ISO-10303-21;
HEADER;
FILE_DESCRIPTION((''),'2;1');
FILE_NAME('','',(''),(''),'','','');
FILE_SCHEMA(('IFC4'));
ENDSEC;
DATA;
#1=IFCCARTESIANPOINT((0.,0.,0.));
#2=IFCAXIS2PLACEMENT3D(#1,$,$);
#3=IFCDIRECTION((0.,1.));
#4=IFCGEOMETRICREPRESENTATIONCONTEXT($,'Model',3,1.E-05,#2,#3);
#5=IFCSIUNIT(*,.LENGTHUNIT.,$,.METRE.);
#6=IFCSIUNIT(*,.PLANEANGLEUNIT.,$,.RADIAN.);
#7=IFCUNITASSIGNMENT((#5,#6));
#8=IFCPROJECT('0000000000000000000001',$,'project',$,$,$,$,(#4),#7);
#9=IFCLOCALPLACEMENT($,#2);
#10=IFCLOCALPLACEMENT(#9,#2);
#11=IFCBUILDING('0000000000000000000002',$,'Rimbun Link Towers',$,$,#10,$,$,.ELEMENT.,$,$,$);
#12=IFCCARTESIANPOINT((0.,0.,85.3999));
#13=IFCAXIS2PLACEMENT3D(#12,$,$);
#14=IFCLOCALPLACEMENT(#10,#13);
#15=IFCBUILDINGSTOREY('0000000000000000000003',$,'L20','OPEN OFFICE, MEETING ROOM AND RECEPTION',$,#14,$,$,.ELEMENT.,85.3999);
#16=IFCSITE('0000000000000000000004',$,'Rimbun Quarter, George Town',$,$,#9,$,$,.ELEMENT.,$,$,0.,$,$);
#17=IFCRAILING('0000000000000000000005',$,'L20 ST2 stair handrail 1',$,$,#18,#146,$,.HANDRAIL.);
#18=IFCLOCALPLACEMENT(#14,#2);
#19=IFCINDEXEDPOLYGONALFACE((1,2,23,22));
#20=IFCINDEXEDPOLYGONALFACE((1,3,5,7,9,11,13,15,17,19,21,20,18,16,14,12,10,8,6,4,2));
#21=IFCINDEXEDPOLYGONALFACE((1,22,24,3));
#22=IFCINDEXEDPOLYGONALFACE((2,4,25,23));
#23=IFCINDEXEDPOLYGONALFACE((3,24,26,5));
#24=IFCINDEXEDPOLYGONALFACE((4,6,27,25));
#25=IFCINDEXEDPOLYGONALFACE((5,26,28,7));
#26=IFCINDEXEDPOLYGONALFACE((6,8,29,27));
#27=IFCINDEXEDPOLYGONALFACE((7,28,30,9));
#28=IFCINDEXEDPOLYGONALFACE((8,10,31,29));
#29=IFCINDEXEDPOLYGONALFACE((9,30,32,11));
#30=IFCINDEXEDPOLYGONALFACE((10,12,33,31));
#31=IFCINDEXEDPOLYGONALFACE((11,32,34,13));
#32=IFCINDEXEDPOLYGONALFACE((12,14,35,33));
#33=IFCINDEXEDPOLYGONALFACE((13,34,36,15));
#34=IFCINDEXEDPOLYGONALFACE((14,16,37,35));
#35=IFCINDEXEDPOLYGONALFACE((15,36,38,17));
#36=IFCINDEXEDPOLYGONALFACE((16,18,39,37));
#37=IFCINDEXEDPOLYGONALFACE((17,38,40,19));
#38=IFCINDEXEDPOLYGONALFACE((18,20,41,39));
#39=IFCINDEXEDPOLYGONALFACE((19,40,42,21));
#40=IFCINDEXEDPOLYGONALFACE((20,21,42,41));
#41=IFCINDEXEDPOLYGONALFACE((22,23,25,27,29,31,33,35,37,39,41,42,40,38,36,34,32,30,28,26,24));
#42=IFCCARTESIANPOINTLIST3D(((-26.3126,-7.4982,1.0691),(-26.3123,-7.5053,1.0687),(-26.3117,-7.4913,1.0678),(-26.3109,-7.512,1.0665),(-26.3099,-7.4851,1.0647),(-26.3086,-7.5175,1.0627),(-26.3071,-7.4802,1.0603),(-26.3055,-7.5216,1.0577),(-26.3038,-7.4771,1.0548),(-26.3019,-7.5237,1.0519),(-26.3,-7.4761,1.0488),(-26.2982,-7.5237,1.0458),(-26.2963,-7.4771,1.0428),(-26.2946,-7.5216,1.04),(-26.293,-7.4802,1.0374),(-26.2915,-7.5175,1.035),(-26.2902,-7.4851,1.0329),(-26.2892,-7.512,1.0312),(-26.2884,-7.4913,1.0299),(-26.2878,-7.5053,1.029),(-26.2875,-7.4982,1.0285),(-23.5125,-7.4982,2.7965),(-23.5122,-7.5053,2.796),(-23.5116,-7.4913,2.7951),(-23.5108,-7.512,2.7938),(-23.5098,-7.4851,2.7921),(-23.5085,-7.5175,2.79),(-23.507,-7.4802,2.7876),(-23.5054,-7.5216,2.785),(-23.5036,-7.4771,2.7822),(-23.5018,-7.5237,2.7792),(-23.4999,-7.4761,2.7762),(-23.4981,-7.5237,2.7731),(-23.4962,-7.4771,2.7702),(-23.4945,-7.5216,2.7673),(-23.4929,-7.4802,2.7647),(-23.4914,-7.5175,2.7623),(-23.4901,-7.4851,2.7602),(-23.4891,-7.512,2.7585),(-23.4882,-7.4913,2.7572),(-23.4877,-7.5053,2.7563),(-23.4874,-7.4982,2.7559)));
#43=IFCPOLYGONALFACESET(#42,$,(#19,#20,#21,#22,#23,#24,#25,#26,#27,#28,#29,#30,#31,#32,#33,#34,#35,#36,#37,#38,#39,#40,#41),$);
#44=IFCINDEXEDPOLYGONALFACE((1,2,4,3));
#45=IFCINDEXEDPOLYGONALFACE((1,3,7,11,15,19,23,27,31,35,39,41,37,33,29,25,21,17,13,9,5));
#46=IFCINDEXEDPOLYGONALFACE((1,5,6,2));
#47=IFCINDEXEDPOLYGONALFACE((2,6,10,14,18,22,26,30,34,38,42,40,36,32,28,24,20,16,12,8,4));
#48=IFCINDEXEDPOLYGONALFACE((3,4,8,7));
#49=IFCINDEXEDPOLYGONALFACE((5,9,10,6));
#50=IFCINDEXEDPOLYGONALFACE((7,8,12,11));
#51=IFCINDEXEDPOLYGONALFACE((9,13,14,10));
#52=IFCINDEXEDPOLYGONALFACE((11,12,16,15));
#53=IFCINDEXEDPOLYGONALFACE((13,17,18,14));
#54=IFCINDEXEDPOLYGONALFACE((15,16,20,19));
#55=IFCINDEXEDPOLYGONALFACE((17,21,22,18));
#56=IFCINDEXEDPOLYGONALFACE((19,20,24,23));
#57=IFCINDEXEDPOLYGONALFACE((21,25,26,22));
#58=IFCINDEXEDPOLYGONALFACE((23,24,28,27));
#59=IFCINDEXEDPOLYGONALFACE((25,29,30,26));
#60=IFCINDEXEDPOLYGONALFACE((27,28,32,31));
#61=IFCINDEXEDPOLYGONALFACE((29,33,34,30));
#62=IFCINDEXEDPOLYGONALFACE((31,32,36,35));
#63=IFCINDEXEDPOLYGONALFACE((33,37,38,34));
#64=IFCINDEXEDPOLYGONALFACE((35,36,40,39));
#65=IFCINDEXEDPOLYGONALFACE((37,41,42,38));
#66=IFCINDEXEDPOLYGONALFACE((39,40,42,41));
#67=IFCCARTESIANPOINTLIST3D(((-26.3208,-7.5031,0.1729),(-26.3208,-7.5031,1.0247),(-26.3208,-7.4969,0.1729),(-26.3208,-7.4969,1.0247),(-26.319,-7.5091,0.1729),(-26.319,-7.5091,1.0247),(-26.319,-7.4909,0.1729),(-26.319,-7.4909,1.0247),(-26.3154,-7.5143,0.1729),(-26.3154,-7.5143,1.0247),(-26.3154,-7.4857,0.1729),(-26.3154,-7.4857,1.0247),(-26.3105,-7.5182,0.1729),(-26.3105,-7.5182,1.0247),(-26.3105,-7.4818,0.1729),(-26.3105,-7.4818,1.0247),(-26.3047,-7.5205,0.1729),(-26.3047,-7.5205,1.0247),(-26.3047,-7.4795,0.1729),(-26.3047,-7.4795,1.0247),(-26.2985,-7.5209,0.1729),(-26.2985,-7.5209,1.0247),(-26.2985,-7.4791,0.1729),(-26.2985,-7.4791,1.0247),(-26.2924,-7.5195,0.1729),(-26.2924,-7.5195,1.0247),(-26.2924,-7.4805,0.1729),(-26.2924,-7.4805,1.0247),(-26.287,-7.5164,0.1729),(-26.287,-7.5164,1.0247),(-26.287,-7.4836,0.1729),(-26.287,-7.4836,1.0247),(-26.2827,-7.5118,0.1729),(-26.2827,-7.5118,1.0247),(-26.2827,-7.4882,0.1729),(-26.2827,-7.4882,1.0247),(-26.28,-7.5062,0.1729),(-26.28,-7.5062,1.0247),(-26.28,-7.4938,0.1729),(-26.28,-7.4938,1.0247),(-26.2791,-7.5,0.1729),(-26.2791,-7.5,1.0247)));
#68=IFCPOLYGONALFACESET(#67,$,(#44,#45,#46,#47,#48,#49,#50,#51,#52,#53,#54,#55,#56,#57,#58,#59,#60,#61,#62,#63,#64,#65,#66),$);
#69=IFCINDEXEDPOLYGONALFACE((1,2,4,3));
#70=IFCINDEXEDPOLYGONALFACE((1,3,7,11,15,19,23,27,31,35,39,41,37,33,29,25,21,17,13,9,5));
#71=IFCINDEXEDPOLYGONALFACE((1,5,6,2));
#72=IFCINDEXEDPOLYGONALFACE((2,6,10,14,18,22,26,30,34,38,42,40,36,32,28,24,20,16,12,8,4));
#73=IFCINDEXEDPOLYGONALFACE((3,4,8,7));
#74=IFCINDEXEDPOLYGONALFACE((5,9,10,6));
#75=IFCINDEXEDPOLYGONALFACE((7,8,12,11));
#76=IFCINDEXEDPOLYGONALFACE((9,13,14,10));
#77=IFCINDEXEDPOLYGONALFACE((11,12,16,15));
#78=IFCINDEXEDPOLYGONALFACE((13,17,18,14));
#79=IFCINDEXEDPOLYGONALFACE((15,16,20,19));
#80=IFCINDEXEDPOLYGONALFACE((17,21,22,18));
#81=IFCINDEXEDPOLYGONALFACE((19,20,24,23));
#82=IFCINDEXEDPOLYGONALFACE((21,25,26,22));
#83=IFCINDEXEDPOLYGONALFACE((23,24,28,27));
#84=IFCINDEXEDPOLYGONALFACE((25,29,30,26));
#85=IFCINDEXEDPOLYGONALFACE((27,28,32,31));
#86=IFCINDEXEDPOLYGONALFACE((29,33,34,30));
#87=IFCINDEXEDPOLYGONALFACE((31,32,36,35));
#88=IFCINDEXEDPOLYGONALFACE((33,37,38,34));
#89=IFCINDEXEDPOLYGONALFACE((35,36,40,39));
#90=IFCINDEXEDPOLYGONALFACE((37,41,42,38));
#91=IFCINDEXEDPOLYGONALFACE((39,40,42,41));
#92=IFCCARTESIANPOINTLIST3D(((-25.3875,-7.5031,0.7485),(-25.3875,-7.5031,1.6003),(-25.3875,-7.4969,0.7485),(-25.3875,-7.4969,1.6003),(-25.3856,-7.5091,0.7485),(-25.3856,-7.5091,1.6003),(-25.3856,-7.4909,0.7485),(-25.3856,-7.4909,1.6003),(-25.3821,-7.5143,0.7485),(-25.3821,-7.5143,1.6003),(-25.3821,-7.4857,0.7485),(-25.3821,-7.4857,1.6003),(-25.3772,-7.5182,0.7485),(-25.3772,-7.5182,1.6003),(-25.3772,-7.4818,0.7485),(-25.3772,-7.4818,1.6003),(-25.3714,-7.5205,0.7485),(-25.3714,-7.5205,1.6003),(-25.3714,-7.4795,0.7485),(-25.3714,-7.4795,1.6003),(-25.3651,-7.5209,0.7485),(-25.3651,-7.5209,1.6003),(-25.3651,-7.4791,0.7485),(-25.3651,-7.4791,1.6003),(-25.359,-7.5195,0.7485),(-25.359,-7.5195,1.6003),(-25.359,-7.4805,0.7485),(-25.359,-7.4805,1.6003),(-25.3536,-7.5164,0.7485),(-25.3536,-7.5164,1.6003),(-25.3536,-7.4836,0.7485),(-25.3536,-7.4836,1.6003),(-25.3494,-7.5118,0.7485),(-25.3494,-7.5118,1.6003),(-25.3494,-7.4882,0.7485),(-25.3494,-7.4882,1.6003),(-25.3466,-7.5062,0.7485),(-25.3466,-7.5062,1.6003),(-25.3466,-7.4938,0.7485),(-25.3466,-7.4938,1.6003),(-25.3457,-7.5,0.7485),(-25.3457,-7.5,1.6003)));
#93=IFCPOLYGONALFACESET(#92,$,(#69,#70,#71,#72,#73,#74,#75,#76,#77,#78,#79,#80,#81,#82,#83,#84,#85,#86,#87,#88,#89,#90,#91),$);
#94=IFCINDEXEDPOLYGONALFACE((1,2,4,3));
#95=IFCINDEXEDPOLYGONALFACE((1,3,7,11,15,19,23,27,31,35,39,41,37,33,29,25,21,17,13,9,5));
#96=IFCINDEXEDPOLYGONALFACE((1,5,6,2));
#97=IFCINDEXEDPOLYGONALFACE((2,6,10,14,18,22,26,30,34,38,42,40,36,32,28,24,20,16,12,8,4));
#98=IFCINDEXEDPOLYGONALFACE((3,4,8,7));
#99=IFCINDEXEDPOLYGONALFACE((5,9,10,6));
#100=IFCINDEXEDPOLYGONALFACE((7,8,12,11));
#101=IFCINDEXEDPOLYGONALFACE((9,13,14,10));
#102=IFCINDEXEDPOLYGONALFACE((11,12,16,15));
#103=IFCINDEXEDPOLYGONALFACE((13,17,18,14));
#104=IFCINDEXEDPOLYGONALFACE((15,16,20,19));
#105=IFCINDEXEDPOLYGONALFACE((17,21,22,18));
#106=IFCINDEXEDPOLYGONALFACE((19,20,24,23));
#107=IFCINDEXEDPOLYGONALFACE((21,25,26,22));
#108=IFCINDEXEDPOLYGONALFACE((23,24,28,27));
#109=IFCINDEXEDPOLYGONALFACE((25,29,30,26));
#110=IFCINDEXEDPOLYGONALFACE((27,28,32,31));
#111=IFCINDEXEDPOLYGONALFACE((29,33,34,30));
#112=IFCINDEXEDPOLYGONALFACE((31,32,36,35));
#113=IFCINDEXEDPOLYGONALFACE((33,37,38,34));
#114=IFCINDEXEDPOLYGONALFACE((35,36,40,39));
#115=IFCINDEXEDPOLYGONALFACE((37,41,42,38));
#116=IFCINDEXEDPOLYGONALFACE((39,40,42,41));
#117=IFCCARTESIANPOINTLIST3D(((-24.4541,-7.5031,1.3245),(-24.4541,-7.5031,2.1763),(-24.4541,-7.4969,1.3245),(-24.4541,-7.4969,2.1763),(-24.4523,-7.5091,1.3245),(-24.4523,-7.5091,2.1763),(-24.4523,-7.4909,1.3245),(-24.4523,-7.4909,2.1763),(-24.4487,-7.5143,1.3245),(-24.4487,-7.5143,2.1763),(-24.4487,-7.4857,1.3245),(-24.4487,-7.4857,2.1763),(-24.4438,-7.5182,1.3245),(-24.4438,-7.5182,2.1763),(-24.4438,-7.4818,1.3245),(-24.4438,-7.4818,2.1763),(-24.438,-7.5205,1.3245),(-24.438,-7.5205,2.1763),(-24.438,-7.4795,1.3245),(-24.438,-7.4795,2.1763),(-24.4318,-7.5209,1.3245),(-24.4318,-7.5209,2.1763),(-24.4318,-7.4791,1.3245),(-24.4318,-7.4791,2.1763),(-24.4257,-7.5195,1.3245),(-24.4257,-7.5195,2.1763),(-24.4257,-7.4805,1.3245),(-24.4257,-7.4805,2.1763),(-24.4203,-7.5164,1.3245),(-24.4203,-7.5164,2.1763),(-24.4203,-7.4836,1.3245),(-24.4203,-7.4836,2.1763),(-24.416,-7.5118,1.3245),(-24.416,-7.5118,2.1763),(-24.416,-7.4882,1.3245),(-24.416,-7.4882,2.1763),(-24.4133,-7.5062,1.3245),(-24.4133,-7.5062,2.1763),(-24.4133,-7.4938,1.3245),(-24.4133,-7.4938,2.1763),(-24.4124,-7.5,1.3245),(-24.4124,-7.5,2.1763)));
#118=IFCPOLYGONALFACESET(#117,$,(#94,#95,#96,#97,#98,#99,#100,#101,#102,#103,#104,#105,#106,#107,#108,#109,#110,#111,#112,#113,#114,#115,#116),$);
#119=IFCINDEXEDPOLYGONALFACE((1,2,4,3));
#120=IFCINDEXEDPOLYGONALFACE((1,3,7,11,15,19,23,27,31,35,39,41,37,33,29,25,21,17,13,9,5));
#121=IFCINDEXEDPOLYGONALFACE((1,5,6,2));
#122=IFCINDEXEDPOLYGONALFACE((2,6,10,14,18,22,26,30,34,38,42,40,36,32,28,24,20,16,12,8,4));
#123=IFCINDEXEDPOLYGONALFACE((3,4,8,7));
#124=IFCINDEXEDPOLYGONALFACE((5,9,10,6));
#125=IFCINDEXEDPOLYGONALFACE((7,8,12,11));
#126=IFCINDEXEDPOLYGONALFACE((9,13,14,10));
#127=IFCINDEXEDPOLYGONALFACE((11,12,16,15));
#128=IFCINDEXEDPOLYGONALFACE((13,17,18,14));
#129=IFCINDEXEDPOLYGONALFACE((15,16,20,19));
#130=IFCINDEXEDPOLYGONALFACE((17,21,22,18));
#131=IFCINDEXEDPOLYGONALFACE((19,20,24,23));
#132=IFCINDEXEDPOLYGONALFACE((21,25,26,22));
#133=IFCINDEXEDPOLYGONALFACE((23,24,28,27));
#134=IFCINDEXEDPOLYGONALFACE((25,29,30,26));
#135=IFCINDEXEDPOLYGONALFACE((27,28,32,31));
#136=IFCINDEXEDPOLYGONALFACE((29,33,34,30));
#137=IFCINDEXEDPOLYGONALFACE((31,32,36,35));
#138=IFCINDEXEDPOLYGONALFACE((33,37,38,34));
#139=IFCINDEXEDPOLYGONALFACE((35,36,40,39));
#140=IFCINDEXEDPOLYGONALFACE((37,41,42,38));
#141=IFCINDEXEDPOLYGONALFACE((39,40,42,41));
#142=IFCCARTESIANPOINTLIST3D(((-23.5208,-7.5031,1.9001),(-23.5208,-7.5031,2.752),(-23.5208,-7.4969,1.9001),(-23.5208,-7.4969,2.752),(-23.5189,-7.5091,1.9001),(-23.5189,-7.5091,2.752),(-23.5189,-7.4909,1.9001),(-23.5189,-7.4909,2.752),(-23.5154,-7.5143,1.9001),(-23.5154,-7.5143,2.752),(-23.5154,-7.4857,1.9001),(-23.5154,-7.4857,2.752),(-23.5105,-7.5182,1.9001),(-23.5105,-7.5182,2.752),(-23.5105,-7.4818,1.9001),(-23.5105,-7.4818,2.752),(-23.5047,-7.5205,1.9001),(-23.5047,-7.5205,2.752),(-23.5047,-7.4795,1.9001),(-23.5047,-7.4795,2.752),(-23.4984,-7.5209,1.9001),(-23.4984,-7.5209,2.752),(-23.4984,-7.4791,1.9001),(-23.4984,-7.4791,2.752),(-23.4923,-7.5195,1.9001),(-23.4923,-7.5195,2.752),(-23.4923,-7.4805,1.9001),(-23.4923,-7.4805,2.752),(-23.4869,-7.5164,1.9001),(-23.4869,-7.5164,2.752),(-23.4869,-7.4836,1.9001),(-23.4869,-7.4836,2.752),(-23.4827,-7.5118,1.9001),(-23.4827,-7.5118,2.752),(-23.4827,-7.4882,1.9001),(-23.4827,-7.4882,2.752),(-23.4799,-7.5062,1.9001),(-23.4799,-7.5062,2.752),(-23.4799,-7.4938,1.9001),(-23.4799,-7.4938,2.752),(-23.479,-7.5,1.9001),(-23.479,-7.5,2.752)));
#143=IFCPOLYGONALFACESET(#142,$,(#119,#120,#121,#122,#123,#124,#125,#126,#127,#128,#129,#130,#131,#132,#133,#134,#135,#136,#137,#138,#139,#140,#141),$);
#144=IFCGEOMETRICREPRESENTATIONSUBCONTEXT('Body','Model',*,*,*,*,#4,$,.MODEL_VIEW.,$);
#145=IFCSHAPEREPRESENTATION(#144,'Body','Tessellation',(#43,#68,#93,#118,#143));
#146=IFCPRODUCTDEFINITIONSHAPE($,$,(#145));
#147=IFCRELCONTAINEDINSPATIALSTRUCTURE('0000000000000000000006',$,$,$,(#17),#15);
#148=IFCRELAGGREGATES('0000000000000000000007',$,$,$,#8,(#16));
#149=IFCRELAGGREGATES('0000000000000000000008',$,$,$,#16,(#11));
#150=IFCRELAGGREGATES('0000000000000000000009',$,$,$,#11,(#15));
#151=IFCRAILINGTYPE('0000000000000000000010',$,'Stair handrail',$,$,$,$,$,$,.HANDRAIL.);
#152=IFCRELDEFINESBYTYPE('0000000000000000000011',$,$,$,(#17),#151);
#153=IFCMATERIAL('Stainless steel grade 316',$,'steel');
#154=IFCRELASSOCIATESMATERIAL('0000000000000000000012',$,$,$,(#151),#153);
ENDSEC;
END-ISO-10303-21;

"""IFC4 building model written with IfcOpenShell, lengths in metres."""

from ifc_helpers import new_model, si_unit, direction, frame, origin, origin_2d, place, context, subcontext, project, spatial, circle, extrude, material, type_object, element, save


model = new_model("IFC4")

# Units and contexts
model_context = context("Model", 3, precision=1e-05, world=origin(), true_north=direction((0.0, 1.0)))
body_context = subcontext(model_context, "Body", "Model", "MODEL_VIEW")
ifc_project = project(units=[si_unit("LENGTHUNIT", "METRE"), si_unit("PLANEANGLEUNIT", "RADIAN")], contexts=[model_context])

# Site, building, storey
site_placement = place(None, origin())
site = spatial("IfcSite", under=ifc_project, at=site_placement, Name="Rimbun Quarter, George Town", CompositionType="ELEMENT", RefElevation=0.0)
building_placement = place(site_placement, origin())
building = spatial("IfcBuilding", under=site, at=building_placement, Name="Rimbun Link Towers", CompositionType="ELEMENT")
storey_placement = place(building_placement, frame((0.0, 0.0, 85.3999)))
storey = spatial("IfcBuildingStorey", under=building, at=storey_placement, Name="L20", Description="OPEN OFFICE, MEETING ROOM AND RECEPTION", CompositionType="ELEMENT", Elevation=85.3999)

# Railing
ifc_material_1 = material(Name="Stainless steel grade 316", Category="steel")
railing_type_1 = type_object("IfcRailingType", Name="Stair handrail", PredefinedType="HANDRAIL", material=ifc_material_1)
railing_1_placement = place(storey_placement, frame((-26.3, -7.5, 0.1729)))
element("IfcRailing", 1, at=railing_1_placement, inside=storey, type_object=railing_type_1, Name="L20 ST2 stair handrail 1", PredefinedType="HANDRAIL", context=body_context, shape_type="SweptSolid", body=[
    extrude(circle(Radius=0.0239, at=origin_2d()), frame((0.0, 0.0, 0.876), z_axis=(0.85109, 0.0, 0.52502), x_axis=(0.0, 1.0, 0.0)), (0.0, 0.0, 1.0), 3.29),
    extrude(circle(Radius=0.021, at=origin_2d()), origin(), (0.0, 0.0, 1.0), 0.8518),
    extrude(circle(Radius=0.021, at=origin_2d()), frame((0.9333, 0.0, 0.5757)), (0.0, 0.0, 1.0), 0.8518),
    extrude(circle(Radius=0.021, at=origin_2d()), frame((1.8667, 0.0, 1.1516)), (0.0, 0.0, 1.0), 0.8518),
    extrude(circle(Radius=0.021, at=origin_2d()), frame((2.8, 0.0, 1.7273)), (0.0, 0.0, 1.0), 0.8518),
])

save(model, "model.ifc")
